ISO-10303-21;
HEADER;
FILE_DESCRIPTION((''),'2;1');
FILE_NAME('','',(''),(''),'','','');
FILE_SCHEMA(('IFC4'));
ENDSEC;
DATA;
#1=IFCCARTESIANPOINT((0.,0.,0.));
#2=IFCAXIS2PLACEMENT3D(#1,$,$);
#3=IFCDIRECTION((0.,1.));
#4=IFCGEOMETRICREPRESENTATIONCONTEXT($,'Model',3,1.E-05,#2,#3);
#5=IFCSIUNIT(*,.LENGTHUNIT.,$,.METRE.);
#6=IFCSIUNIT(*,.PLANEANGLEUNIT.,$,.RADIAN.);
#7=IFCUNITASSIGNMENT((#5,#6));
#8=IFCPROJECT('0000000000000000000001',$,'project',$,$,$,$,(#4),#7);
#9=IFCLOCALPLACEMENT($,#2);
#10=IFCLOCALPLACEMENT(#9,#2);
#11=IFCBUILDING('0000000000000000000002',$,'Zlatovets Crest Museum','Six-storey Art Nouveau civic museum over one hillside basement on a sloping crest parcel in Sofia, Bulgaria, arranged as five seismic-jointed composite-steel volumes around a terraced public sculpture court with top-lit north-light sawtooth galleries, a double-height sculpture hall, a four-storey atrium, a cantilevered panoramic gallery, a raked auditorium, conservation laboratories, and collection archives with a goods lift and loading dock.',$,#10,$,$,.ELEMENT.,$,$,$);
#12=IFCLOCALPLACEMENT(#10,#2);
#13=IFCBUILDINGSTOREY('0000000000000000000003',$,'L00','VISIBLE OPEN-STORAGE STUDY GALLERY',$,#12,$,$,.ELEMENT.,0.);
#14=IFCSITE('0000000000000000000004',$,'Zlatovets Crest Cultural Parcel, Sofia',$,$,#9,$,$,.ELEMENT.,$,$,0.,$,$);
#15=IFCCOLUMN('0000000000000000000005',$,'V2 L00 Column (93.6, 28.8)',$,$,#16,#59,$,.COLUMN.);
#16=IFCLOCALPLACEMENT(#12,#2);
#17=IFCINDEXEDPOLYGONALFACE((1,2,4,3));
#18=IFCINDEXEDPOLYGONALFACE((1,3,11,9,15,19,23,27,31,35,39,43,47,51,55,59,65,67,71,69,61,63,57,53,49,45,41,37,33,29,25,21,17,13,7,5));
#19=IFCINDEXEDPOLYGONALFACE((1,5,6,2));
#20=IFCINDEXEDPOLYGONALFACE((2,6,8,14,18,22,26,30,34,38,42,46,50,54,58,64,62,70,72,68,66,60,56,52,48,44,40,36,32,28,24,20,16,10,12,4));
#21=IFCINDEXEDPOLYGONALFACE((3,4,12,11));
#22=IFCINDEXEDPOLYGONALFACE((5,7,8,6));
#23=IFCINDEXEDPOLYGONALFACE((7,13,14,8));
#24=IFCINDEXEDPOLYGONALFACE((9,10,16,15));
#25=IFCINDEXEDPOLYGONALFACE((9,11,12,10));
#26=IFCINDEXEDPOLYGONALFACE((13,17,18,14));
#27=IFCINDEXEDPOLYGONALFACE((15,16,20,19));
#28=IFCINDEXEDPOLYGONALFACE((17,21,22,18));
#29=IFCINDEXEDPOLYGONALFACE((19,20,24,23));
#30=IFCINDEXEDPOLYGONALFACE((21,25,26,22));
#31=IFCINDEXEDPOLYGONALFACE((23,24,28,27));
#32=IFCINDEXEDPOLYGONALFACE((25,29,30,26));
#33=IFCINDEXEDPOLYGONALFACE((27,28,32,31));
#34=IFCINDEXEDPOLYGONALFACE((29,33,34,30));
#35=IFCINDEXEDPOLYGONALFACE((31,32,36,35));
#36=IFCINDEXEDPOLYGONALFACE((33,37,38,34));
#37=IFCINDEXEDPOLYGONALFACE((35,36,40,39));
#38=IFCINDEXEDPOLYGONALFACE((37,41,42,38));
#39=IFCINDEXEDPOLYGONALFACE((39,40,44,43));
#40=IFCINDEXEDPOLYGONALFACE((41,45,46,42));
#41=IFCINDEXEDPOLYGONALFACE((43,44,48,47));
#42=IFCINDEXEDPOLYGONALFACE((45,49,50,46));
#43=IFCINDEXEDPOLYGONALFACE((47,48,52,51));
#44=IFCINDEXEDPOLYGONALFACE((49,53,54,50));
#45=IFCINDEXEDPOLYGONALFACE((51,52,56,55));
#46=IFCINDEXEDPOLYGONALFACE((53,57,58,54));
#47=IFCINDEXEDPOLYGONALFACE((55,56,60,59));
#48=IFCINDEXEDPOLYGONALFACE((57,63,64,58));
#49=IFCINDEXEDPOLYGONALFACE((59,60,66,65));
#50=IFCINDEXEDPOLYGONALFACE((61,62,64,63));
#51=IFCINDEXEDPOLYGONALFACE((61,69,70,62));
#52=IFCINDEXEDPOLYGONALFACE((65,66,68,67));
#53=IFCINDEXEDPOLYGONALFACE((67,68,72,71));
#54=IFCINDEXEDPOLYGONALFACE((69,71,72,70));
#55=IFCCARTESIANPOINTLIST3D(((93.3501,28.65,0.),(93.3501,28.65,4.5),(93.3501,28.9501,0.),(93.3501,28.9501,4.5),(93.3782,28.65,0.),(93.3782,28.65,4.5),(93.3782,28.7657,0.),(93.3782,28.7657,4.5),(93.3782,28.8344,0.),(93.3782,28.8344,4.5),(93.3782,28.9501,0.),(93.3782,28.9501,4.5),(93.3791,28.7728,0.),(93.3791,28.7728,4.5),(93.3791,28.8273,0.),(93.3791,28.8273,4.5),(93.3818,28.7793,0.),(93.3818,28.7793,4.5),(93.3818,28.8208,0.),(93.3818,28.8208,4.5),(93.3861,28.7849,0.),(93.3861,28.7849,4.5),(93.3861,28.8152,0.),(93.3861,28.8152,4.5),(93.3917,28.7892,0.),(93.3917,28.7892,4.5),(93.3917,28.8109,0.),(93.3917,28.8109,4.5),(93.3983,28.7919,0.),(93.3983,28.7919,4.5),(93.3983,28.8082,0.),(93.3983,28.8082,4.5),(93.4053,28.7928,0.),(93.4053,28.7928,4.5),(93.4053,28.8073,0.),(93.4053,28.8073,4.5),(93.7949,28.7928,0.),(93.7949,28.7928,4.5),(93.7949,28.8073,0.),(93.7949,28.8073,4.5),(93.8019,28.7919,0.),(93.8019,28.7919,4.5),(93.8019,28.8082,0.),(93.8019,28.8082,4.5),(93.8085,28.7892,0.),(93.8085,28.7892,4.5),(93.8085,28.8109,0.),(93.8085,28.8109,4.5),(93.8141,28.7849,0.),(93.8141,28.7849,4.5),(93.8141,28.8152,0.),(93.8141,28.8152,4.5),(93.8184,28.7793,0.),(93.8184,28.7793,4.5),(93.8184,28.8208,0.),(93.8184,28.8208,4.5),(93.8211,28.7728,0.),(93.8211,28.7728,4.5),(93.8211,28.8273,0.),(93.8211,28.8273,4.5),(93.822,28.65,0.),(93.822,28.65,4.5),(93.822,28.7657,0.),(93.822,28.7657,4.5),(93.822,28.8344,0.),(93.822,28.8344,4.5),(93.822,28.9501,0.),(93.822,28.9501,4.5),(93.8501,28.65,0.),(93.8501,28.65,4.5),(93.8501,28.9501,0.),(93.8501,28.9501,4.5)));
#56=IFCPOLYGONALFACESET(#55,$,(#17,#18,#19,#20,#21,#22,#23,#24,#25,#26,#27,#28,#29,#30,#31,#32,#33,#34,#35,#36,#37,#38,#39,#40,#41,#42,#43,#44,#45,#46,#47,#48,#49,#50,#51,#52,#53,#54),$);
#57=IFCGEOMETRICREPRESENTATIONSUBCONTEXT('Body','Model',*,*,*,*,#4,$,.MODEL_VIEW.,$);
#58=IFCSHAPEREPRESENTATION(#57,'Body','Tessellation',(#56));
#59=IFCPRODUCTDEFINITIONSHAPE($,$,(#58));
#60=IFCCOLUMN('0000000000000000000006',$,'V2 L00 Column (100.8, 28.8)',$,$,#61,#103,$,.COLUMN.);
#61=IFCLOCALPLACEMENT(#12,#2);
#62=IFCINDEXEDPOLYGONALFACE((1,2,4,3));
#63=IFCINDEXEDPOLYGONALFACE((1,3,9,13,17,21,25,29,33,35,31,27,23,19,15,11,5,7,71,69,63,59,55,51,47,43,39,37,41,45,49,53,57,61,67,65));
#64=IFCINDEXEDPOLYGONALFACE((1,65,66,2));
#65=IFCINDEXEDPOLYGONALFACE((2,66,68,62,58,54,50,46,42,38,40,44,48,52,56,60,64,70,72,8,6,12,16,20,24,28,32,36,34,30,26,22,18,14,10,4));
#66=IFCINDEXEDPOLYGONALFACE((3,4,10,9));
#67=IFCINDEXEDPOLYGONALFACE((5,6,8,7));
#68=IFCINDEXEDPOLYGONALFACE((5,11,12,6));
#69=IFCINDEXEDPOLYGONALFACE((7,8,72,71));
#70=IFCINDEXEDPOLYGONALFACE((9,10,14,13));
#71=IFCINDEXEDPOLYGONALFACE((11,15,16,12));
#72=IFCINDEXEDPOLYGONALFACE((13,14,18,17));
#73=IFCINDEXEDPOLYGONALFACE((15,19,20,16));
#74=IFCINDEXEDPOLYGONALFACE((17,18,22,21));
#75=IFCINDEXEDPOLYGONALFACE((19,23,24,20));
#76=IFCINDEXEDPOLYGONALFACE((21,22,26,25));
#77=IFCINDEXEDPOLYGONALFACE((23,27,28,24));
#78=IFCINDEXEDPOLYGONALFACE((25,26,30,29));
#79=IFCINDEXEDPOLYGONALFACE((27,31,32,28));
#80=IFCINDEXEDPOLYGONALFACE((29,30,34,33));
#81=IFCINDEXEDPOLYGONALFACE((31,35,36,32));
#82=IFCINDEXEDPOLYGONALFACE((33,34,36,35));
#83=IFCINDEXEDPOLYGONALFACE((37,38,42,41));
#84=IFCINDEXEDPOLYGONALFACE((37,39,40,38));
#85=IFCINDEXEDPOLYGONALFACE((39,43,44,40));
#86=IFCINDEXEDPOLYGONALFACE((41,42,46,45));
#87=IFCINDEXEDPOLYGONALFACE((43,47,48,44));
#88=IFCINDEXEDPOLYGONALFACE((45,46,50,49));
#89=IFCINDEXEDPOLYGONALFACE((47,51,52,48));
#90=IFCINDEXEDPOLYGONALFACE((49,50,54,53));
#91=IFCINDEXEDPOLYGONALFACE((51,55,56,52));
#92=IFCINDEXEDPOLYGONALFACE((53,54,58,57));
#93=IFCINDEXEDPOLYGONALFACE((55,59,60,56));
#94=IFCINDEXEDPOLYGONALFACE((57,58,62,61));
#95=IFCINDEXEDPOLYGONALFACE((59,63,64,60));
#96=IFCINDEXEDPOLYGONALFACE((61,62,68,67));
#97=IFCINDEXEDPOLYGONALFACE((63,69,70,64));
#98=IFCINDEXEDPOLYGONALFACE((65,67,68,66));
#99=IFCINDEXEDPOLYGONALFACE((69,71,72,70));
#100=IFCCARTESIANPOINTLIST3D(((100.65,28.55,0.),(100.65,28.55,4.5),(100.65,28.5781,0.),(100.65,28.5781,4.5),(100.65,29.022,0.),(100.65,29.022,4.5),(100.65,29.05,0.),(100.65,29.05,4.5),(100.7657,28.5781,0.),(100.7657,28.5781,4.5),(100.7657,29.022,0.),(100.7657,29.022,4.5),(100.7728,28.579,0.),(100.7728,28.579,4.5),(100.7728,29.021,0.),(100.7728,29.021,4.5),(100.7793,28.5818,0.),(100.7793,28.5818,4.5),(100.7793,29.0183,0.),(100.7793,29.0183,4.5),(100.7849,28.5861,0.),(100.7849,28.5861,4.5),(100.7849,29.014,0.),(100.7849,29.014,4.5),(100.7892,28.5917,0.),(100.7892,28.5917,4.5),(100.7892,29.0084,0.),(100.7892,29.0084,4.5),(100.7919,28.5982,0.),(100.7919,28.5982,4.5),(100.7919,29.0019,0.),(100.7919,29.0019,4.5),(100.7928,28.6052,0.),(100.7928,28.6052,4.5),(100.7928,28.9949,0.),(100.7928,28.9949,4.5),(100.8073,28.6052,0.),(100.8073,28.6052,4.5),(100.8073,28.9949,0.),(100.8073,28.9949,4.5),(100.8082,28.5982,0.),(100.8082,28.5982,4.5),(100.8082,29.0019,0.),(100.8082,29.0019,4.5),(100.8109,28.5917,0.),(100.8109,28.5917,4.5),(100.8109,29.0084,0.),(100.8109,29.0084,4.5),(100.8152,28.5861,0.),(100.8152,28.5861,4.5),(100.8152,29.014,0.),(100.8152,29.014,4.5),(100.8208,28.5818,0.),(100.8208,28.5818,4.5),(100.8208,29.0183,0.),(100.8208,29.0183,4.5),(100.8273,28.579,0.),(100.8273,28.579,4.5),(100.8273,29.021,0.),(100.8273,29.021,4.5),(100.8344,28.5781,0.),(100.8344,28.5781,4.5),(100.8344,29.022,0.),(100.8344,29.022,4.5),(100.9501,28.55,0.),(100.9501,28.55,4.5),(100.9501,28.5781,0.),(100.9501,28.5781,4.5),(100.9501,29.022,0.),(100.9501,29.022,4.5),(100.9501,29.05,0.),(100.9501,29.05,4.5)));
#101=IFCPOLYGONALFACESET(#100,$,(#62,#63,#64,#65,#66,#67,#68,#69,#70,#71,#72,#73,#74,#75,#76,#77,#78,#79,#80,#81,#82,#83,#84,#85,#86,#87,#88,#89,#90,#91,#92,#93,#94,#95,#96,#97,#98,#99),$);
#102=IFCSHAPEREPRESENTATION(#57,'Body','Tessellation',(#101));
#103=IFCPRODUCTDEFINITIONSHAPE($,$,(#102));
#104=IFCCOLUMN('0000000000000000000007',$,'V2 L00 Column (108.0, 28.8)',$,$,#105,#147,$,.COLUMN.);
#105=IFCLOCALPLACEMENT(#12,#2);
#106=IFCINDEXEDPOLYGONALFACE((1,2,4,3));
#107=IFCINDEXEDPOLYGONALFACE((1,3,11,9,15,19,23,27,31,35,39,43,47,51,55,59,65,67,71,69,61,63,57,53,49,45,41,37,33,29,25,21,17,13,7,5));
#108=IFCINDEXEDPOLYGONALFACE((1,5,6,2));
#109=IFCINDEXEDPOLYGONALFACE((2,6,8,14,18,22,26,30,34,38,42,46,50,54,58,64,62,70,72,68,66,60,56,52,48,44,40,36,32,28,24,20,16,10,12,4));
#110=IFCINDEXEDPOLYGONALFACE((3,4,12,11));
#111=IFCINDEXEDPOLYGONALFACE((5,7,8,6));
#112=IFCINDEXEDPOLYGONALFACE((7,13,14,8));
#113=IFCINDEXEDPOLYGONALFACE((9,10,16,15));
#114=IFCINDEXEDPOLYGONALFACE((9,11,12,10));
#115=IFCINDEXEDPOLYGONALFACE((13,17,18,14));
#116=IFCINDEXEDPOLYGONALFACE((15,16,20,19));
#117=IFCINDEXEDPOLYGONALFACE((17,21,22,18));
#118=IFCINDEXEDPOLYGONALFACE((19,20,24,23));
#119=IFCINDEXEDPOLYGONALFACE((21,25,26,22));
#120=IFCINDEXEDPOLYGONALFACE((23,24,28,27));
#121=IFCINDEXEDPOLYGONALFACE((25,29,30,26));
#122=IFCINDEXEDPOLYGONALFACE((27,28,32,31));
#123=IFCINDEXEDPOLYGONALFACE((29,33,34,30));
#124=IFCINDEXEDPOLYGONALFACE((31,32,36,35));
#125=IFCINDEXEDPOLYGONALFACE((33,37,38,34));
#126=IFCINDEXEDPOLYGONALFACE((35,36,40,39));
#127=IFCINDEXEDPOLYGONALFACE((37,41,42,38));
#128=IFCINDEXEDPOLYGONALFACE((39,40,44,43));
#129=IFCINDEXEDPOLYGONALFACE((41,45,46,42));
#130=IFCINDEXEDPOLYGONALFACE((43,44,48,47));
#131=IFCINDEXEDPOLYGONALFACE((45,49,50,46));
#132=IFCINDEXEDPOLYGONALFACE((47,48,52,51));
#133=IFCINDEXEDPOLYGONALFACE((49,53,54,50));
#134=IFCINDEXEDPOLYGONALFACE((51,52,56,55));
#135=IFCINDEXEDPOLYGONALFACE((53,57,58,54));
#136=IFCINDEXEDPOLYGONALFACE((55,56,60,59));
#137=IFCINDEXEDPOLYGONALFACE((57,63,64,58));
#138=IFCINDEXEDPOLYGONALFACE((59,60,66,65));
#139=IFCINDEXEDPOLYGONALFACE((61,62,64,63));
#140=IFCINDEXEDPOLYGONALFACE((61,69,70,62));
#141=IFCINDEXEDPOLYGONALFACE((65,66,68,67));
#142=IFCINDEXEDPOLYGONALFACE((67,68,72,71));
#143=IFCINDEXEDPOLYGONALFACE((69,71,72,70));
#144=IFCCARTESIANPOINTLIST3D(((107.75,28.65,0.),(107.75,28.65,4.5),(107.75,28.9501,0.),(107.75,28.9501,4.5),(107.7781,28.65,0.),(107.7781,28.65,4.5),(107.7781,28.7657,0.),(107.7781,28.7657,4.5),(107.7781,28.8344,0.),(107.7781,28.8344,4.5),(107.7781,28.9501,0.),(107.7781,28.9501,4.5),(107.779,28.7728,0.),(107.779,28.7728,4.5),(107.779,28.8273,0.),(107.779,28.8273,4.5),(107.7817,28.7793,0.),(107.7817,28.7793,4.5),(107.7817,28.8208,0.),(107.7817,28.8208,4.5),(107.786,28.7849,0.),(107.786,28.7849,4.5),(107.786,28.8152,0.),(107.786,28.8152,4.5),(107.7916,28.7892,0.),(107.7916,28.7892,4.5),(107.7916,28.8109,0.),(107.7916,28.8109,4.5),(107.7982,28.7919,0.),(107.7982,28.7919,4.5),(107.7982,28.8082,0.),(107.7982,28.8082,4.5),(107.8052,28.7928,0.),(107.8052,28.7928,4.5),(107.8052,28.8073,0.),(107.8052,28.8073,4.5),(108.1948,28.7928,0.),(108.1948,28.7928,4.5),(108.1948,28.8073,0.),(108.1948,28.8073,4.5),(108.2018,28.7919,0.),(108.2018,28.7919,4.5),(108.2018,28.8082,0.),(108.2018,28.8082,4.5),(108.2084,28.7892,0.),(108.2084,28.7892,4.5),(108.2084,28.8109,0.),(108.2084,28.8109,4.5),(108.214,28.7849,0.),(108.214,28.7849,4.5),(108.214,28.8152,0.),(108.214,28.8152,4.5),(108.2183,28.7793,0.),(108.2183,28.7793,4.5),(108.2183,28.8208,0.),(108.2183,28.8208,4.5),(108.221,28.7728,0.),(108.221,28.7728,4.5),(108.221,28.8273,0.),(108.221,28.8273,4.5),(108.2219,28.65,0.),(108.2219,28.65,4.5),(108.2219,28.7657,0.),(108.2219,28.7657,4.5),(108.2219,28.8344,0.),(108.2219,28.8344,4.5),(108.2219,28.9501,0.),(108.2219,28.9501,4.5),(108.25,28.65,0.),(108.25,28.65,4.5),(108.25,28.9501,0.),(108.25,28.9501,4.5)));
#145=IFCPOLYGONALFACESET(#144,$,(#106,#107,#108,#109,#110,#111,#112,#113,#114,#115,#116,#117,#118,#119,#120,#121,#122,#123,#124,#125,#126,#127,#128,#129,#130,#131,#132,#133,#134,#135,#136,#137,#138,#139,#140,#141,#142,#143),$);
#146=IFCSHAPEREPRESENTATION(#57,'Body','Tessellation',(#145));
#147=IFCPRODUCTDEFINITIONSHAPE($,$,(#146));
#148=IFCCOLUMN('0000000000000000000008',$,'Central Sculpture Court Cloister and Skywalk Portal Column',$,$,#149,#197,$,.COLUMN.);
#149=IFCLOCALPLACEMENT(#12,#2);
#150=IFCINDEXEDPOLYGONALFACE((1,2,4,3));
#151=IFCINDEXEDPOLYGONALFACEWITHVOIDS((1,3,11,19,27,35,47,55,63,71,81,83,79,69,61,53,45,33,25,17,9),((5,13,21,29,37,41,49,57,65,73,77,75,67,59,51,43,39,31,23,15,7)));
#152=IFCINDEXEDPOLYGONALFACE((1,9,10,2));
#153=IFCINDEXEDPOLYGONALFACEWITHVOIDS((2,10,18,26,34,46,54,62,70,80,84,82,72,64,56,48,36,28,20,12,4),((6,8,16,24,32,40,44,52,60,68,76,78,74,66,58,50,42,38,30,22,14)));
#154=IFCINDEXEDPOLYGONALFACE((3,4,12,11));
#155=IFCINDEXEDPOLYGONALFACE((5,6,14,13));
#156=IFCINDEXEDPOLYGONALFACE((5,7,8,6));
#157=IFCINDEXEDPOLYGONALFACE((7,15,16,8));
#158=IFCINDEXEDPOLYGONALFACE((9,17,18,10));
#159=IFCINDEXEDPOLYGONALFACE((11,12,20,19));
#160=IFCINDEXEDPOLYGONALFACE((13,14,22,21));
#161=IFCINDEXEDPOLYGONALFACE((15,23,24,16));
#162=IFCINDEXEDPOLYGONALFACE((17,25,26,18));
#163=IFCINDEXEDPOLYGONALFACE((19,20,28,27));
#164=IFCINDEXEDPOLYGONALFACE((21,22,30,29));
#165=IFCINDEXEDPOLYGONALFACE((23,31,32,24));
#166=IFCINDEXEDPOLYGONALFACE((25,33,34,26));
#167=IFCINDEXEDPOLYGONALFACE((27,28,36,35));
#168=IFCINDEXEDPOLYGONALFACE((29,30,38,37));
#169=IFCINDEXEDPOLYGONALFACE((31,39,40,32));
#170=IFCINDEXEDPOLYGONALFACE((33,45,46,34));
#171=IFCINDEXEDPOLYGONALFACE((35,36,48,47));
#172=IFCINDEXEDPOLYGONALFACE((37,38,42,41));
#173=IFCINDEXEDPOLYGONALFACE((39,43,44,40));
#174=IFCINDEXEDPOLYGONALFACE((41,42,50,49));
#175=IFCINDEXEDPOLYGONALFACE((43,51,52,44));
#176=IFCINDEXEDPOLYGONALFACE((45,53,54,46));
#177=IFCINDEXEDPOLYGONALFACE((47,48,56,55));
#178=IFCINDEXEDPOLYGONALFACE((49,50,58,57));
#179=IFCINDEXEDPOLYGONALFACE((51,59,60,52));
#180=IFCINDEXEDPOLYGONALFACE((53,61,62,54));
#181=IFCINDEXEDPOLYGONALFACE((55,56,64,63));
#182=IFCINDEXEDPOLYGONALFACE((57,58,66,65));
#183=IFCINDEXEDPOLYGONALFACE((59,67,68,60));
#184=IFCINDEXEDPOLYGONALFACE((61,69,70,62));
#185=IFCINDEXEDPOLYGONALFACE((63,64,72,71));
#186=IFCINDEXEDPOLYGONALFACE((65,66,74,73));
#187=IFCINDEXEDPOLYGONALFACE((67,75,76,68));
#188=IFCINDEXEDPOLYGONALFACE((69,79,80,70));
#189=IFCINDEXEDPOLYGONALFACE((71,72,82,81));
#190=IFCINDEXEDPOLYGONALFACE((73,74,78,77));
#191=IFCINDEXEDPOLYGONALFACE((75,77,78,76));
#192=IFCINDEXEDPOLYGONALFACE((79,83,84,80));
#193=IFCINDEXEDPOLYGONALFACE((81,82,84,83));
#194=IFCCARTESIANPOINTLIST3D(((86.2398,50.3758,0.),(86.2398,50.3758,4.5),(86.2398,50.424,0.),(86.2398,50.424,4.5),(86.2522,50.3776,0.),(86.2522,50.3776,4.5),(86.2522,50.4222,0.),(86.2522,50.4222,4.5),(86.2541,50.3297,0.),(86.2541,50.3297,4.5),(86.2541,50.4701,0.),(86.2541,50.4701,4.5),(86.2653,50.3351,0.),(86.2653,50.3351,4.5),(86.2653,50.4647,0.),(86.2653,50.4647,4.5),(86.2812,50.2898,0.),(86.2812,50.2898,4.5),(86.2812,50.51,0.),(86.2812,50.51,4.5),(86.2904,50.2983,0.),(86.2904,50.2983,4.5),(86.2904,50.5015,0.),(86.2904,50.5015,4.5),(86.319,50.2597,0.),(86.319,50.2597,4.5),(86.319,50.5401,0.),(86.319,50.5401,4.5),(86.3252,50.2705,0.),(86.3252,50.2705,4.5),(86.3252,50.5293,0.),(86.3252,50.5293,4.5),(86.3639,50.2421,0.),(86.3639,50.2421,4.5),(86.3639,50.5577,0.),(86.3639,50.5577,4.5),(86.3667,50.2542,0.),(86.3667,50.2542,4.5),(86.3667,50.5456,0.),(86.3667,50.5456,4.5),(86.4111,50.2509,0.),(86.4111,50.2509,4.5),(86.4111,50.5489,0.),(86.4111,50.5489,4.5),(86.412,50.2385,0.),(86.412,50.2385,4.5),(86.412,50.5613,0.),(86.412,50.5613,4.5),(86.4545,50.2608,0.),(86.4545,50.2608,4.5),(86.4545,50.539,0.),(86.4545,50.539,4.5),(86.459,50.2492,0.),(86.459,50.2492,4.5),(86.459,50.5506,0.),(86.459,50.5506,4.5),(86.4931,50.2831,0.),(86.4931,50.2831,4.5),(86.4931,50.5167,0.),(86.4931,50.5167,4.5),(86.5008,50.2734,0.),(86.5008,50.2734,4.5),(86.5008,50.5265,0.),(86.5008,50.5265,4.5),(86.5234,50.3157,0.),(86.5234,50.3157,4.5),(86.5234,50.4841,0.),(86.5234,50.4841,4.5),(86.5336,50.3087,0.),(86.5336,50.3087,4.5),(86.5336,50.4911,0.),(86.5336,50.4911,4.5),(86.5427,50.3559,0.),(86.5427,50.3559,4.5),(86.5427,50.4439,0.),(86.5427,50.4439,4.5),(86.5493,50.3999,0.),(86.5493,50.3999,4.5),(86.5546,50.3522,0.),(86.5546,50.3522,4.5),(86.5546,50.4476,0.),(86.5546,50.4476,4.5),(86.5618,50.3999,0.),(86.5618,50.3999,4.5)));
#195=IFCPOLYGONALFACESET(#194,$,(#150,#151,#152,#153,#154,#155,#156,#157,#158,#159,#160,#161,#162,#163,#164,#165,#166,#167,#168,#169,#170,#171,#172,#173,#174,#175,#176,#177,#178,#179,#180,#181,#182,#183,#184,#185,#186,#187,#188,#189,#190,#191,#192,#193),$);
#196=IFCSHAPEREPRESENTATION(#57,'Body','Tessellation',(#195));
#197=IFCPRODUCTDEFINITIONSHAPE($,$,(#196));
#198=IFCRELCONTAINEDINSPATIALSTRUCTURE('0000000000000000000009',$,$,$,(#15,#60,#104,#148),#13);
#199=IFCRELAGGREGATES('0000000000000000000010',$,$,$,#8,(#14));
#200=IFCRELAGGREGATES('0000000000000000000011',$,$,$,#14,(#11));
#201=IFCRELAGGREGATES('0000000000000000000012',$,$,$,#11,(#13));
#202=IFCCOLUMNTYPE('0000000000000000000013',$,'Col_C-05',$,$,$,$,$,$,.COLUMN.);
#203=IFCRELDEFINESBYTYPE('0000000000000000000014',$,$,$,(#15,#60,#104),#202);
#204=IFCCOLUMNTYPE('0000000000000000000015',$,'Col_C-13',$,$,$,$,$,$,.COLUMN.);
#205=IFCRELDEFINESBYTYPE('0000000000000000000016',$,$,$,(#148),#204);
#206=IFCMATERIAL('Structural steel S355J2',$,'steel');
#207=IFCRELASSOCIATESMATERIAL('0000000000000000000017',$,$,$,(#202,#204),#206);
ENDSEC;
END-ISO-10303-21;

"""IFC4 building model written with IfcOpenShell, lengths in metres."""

from ifc_helpers import new_model, si_unit, direction, frame, origin, origin_2d, place, context, subcontext, project, spatial, hollow_circle, i_section, extrude, material, material_profile, profile_set, type_object, element, save


model = new_model("IFC4")

# Units and contexts
model_context = context("Model", 3, precision=1e-05, world=origin(), true_north=direction((0.0, 1.0)))
body_context = subcontext(model_context, "Body", "Model", "MODEL_VIEW")
ifc_project = project(units=[si_unit("LENGTHUNIT", "METRE"), si_unit("PLANEANGLEUNIT", "RADIAN")], contexts=[model_context])

# Site, building, storey
site_placement = place(None, origin())
site = spatial("IfcSite", under=ifc_project, at=site_placement, Name="Zlatovets Crest Cultural Parcel, Sofia", CompositionType="ELEMENT", RefElevation=0.0)
building_placement = place(site_placement, origin())
building = spatial("IfcBuilding", under=site, at=building_placement, Name="Zlatovets Crest Museum", Description="Six-storey Art Nouveau civic museum over one hillside basement on a sloping crest parcel in Sofia, Bulgaria, arranged as five seismic-jointed composite-steel volumes around a terraced public sculpture court with top-lit north-light sawtooth galleries, a double-height sculpture hall, a four-storey atrium, a cantilevered panoramic gallery, a raked auditorium, conservation laboratories, and collection archives with a goods lift and loading dock.", CompositionType="ELEMENT")
storey_placement = place(building_placement, origin())
storey = spatial("IfcBuildingStorey", under=building, at=storey_placement, Name="L00", Description="VISIBLE OPEN-STORAGE STUDY GALLERY", CompositionType="ELEMENT", Elevation=0.0)

# Columns
ifc_material_1 = material(Name="Structural steel S355J2", Category="steel")
ifc_material_profile_1 = material_profile(ifc_material_1, i_section(OverallWidth=0.3, OverallDepth=0.5, WebThickness=0.0144, FlangeThickness=0.0281, FilletRadius=0.0271, at=origin_2d()), Name="HEB 500")
ifc_profile_set_1 = profile_set([ifc_material_profile_1], Name="Structural steel S355J2")
column_type_1 = type_object("IfcColumnType", Name="Col_C-05", PredefinedType="COLUMN", material=ifc_profile_set_1)
for number, where, z_axis, x_axis, name in (
    (1, (93.6001, 28.8, 0.0), (0.0, 0.0, 1.0), (0.0, 1.0, 0.0), "V2 L00 Column (93.6, 28.8)"),
    (2, (100.8, 28.8, 0.0), (0.0, 0.0, 1.0), (1.0, 0.0, 0.0), "V2 L00 Column (100.8, 28.8)"),
    (3, (108.0, 28.8, 0.0), (0.0, 0.0, 1.0), (0.0, 1.0, 0.0), "V2 L00 Column (108.0, 28.8)"),
):
    element("IfcColumn", number, at=place(storey_placement, frame(where, z_axis=z_axis, x_axis=x_axis)), inside=storey, type_object=column_type_1, Name=name, PredefinedType="COLUMN", context=body_context, shape_type="SweptSolid", body=[
        extrude(i_section(OverallWidth=0.3, OverallDepth=0.5, WebThickness=0.0144, FlangeThickness=0.0281, FilletRadius=0.0271, at=origin_2d()), origin(), (0.0, 0.0, 1.0), 4.5),
    ])
ifc_material_profile_2 = material_profile(ifc_material_1, hollow_circle(Radius=0.1619, WallThickness=0.0125, at=origin_2d()), Name="CHS 323.9x12.5")
ifc_profile_set_2 = profile_set([ifc_material_profile_2], Name="Structural steel S355J2")
column_type_2 = type_object("IfcColumnType", Name="Col_C-13", PredefinedType="COLUMN", material=ifc_profile_set_2)
column_placement = place(storey_placement, frame((86.3999, 50.3999, 0.0), z_axis=(0.0, 0.0, 1.0), x_axis=(1.0, 0.0, 0.0)))
element("IfcColumn", 4, at=column_placement, inside=storey, type_object=column_type_2, Name="Central Sculpture Court Cloister and Skywalk Portal Column", PredefinedType="COLUMN", context=body_context, shape_type="SweptSolid", body=[
    extrude(hollow_circle(Radius=0.1619, WallThickness=0.0125, at=origin_2d()), origin(), (0.0, 0.0, 1.0), 4.5),
])

save(model, "model.ifc")
